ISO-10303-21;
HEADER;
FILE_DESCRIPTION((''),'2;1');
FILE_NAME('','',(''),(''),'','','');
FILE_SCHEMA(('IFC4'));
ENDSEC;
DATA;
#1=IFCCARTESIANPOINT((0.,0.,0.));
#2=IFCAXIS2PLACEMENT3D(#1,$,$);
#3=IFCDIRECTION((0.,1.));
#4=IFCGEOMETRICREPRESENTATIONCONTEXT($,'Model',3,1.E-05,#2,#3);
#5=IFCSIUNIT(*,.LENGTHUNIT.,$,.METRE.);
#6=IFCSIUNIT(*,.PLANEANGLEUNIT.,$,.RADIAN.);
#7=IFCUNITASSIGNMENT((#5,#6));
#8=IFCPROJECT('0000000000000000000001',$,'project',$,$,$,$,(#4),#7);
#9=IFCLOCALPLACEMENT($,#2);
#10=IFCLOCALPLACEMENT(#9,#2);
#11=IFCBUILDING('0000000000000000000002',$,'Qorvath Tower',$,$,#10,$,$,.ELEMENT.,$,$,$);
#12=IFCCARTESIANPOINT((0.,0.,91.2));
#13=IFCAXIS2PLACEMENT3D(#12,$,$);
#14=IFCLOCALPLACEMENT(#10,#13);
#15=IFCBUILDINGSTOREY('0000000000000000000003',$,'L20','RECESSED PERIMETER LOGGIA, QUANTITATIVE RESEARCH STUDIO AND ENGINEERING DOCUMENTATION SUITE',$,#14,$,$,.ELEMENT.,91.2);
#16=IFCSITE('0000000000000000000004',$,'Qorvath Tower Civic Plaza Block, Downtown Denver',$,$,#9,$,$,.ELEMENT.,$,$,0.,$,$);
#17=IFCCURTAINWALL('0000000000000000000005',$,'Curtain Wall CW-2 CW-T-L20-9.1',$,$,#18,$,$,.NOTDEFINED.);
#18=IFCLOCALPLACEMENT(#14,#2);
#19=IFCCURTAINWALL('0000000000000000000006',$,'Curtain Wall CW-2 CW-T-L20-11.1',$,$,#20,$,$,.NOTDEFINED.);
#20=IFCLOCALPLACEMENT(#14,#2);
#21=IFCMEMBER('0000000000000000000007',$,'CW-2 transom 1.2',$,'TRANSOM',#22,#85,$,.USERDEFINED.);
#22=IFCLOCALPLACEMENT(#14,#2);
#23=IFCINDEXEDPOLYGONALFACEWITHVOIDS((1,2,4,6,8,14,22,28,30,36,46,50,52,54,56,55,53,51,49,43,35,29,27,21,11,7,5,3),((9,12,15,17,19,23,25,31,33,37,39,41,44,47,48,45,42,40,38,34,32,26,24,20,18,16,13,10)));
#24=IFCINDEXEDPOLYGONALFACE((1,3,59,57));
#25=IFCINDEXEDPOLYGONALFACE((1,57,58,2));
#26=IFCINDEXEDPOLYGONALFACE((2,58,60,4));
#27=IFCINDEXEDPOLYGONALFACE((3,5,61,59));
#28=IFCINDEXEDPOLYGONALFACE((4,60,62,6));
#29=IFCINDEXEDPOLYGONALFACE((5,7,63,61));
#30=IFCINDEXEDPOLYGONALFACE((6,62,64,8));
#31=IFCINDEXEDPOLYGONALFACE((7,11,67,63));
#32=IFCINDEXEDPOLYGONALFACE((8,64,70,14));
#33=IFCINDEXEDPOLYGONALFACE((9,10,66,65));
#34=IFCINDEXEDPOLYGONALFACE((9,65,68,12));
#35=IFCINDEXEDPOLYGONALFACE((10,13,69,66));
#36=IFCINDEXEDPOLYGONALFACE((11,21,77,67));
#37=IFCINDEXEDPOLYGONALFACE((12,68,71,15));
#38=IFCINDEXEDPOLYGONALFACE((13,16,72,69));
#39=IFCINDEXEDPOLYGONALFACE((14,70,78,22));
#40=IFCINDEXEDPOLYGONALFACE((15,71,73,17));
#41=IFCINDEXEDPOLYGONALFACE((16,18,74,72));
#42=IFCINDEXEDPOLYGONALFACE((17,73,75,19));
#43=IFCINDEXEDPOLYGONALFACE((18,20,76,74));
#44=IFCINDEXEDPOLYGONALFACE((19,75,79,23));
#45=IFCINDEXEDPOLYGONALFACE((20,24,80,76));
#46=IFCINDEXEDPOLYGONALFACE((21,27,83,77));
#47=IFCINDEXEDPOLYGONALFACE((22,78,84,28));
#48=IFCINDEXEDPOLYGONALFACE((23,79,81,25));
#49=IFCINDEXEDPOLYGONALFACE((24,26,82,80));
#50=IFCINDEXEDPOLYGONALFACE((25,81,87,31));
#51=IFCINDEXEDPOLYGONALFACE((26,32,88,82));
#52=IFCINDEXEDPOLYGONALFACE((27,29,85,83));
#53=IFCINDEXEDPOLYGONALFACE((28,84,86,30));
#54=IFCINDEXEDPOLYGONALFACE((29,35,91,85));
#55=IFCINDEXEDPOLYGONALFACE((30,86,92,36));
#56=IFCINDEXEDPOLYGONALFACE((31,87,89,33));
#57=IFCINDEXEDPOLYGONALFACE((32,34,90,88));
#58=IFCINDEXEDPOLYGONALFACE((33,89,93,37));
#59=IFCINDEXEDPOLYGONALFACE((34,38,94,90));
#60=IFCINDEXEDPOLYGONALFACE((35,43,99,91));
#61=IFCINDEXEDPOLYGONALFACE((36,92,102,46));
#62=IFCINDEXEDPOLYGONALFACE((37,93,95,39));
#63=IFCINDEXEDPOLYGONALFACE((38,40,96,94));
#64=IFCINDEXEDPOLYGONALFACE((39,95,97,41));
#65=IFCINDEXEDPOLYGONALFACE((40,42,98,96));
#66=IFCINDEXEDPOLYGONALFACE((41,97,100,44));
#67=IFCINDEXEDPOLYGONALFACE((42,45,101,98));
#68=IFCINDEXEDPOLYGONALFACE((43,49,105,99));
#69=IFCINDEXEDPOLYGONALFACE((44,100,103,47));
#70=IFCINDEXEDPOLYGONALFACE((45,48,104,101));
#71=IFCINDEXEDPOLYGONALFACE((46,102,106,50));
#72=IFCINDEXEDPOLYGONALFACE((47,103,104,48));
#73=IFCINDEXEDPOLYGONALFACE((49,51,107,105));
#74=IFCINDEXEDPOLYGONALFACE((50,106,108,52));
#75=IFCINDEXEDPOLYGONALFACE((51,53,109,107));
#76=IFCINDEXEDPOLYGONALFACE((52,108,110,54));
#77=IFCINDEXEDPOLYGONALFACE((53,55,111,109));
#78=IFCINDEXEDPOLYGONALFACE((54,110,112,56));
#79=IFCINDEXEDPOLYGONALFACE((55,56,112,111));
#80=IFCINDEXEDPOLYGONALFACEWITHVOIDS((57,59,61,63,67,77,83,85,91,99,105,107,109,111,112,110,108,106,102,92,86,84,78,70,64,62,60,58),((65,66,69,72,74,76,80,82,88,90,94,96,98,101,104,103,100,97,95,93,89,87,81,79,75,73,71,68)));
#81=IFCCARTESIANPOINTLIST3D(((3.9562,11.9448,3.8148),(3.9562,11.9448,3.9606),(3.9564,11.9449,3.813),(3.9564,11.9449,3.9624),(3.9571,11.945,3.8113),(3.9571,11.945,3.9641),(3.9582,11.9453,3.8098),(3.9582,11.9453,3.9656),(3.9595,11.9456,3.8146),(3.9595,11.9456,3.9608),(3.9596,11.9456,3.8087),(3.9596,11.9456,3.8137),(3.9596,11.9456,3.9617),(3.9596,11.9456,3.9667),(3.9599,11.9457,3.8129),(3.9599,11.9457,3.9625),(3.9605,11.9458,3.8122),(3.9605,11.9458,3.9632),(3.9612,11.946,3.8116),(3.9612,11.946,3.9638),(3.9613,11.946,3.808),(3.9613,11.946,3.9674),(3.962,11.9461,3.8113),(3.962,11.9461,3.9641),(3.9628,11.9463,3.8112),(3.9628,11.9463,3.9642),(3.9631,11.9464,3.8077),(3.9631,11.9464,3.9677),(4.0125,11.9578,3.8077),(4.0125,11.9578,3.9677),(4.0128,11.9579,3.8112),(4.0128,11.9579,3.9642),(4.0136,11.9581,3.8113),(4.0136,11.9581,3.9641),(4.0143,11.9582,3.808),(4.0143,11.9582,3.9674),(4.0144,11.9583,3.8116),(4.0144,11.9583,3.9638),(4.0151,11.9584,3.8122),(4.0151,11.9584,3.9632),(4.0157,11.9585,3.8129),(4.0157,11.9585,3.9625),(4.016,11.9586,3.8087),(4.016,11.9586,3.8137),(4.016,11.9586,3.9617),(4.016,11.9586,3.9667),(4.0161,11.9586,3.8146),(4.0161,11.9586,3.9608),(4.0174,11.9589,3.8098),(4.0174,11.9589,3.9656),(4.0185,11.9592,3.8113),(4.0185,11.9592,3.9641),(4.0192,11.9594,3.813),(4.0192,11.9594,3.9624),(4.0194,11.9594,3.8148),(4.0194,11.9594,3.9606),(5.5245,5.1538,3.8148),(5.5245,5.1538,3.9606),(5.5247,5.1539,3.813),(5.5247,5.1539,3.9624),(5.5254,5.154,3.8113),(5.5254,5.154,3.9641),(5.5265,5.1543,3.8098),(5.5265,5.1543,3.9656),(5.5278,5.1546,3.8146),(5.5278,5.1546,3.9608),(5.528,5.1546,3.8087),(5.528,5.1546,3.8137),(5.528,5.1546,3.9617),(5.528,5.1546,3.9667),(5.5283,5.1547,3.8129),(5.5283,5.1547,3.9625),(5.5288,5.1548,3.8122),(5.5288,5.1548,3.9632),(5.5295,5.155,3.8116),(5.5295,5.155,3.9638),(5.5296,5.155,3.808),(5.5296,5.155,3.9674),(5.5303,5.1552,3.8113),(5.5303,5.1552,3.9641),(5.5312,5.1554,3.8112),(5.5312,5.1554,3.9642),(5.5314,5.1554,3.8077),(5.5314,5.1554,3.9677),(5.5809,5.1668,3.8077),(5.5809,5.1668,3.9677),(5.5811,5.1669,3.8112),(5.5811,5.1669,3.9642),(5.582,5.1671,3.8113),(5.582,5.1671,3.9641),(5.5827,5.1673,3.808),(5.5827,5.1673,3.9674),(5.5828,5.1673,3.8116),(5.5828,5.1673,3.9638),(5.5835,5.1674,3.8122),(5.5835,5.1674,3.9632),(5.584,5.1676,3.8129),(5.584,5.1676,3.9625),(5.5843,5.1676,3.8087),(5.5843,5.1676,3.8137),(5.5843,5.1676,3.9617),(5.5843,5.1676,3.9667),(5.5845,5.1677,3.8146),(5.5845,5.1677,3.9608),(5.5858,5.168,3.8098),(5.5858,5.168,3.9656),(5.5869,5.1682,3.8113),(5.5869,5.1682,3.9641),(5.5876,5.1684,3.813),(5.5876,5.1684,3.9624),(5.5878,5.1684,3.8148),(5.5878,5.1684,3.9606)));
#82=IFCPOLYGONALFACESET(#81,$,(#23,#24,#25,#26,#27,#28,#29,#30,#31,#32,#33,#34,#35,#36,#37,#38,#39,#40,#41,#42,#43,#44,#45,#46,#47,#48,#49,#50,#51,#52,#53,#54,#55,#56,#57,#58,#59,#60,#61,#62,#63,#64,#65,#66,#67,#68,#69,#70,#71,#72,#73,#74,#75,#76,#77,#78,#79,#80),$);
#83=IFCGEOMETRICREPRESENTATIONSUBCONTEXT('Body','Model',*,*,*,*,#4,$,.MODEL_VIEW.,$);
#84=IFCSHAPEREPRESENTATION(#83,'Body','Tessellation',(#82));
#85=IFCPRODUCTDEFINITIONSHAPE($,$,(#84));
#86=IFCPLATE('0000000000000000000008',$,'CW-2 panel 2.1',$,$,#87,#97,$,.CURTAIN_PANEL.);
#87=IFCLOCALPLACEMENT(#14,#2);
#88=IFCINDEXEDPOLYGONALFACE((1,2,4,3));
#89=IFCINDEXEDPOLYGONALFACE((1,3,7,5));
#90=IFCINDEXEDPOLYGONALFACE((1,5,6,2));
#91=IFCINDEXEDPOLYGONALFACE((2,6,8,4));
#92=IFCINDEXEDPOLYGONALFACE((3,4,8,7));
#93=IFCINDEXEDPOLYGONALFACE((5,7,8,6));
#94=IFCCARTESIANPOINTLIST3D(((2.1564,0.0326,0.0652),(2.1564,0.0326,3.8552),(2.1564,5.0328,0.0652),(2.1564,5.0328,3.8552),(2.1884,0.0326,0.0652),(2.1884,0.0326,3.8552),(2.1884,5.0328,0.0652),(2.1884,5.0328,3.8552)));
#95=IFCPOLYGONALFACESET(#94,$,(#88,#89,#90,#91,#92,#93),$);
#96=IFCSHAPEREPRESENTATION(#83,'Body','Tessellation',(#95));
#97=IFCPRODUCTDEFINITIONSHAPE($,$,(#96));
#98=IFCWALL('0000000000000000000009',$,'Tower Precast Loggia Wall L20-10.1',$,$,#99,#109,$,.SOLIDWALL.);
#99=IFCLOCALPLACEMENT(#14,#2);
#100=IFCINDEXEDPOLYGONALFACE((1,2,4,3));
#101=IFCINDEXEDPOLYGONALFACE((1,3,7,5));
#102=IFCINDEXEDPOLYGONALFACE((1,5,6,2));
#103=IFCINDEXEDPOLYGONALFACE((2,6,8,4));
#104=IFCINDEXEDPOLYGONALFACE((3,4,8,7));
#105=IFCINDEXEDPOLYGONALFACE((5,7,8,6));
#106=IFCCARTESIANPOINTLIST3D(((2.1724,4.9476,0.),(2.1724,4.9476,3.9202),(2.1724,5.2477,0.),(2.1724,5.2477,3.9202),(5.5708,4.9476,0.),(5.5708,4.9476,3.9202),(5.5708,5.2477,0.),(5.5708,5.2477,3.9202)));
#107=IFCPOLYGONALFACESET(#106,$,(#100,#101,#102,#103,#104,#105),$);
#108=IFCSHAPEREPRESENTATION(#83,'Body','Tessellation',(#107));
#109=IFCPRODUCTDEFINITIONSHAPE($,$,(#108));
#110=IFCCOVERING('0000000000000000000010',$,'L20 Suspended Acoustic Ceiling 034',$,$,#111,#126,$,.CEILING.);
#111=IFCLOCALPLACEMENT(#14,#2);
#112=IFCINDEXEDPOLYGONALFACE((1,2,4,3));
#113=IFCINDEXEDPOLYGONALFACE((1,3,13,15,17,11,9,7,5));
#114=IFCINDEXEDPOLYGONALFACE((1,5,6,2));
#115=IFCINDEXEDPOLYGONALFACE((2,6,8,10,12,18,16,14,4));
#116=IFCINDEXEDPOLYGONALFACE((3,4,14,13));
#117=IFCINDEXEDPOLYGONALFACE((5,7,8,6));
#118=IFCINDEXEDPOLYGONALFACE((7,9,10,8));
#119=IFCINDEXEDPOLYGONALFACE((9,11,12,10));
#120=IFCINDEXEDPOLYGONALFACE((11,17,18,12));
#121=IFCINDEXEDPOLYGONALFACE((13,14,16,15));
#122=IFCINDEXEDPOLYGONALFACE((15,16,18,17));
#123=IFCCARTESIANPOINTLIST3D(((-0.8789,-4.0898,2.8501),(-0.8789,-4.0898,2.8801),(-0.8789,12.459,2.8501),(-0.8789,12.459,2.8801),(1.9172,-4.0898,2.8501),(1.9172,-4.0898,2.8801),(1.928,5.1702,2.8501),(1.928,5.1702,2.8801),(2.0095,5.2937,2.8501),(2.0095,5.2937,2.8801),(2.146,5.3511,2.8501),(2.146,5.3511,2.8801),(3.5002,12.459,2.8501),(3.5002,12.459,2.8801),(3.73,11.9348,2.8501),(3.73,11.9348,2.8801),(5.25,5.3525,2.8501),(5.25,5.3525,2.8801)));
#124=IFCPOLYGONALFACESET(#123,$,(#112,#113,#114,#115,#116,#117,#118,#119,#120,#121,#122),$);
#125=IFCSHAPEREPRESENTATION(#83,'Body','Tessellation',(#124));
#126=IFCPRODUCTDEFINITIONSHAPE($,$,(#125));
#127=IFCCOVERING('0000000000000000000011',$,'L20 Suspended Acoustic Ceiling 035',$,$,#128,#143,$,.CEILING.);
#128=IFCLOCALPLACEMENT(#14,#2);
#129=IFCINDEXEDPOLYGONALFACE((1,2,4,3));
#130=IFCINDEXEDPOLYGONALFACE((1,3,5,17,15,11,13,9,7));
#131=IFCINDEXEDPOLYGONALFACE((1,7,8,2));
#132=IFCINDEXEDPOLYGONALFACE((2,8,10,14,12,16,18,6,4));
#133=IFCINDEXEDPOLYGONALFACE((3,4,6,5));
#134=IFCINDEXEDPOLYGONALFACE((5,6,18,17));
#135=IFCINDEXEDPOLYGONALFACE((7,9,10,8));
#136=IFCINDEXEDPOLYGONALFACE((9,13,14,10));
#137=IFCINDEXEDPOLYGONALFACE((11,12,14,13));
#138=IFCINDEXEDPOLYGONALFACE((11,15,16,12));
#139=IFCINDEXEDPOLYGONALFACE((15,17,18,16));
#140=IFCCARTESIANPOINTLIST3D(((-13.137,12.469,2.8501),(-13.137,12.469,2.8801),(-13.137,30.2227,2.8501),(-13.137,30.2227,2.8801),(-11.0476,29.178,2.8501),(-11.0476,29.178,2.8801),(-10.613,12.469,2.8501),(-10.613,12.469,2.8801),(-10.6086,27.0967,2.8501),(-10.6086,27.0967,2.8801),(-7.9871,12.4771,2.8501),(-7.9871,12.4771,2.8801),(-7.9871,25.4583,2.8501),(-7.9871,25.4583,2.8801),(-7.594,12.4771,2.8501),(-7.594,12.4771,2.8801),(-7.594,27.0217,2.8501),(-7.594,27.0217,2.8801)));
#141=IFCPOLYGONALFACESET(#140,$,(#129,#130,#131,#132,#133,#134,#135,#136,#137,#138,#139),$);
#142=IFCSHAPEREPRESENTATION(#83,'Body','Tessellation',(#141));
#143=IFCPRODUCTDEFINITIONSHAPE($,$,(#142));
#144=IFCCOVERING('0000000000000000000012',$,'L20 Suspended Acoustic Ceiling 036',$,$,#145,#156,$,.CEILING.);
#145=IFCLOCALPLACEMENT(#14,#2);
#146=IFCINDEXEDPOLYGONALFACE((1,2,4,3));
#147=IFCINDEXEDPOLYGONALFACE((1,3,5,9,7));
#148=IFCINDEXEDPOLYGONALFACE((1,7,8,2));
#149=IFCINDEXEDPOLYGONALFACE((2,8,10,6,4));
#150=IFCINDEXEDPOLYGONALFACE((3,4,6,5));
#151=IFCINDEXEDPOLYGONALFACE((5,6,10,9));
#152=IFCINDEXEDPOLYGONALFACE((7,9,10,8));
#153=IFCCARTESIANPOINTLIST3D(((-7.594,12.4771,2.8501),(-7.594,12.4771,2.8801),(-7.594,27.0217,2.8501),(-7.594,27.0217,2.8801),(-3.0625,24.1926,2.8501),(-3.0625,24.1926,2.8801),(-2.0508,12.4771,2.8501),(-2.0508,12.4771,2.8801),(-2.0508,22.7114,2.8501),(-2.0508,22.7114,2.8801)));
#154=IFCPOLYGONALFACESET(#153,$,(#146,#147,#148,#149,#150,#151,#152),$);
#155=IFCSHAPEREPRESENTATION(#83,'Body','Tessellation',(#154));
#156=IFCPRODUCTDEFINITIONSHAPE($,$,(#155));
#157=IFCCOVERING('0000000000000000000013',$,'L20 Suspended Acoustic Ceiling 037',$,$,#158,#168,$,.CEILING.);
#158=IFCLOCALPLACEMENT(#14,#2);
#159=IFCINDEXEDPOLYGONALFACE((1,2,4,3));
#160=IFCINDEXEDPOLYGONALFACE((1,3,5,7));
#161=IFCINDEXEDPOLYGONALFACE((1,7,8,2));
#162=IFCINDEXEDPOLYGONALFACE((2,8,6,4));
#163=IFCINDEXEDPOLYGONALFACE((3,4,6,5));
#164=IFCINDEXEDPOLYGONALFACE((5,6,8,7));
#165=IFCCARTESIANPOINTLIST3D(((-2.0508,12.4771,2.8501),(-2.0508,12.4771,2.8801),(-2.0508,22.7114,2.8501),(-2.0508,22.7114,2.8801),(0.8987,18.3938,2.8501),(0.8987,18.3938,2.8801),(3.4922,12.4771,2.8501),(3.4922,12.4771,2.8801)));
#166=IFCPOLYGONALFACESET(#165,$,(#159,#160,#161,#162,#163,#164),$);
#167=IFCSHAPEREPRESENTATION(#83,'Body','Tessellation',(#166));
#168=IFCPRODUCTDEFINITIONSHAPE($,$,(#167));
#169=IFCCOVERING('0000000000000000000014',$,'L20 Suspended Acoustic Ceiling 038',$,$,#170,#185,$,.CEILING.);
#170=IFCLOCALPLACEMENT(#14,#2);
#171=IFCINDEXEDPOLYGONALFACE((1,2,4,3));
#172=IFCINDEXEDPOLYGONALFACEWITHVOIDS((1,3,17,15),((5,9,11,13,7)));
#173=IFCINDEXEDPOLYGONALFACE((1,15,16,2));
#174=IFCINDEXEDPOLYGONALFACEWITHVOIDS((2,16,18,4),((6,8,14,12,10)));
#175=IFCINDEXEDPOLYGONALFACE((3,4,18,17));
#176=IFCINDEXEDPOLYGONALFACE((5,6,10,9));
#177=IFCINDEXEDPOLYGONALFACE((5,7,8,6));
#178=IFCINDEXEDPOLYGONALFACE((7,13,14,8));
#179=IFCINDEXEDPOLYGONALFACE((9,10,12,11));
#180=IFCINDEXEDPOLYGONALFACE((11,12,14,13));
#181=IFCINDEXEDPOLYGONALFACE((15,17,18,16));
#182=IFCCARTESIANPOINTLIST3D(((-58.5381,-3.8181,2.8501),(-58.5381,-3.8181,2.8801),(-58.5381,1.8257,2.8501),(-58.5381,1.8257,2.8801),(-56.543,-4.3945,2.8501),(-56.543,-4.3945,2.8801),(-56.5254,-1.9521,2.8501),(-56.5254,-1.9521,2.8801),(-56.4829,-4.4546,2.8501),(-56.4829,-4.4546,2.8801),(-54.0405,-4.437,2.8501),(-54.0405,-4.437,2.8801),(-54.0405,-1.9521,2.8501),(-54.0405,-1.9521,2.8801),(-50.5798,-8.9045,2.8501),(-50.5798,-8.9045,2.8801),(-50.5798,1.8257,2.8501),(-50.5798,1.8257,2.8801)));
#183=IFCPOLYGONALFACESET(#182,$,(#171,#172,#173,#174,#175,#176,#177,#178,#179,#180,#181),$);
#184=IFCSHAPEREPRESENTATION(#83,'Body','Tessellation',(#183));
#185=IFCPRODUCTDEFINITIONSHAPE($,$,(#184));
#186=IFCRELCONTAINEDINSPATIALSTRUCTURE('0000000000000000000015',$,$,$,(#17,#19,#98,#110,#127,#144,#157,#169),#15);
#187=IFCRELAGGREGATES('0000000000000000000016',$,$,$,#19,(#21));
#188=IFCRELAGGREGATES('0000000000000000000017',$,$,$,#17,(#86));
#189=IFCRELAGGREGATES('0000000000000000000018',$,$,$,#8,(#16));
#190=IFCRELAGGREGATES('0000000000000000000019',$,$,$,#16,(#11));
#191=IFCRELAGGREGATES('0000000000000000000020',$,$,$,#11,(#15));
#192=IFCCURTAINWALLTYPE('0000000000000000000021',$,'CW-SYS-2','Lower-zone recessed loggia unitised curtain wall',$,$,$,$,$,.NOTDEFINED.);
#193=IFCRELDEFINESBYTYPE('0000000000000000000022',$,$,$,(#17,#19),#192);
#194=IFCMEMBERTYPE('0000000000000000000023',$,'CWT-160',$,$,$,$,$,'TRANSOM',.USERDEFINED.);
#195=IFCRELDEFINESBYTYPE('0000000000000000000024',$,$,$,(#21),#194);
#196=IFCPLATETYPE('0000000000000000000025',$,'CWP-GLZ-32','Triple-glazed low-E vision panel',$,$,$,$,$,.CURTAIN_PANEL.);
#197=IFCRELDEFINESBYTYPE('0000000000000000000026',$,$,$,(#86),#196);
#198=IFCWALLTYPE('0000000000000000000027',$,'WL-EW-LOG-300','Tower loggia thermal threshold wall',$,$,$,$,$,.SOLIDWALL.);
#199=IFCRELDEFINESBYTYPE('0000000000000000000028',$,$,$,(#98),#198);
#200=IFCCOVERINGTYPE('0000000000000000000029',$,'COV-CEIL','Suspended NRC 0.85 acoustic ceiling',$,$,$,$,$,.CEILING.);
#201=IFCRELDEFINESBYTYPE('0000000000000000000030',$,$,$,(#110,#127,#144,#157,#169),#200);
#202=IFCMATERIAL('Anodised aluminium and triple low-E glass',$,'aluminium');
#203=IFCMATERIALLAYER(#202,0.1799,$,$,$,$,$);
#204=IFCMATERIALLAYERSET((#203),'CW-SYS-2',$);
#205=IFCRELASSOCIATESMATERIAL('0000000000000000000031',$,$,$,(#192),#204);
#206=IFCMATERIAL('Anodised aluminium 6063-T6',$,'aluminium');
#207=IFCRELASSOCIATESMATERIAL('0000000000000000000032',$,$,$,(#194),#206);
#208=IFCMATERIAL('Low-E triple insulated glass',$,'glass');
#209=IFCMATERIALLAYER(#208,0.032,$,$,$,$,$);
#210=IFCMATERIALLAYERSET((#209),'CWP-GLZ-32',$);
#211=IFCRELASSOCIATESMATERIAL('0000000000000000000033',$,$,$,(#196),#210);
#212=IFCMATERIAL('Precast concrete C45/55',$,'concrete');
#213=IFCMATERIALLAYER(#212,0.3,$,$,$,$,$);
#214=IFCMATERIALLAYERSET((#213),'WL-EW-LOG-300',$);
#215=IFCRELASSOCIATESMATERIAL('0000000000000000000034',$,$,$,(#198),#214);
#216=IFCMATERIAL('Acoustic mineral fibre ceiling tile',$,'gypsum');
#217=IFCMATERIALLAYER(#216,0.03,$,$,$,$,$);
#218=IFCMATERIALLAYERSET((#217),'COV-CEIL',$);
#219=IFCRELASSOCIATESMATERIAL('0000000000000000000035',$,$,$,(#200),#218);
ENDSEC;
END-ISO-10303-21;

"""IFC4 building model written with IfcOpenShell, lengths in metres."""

from ifc_helpers import new_model, si_unit, direction, frame, frame_2d, origin, origin_2d, place, context, subcontext, project, spatial, polyline, rectangle, hollow_rectangle, outline, extrude, material, layer, layer_set, material_profile, profile_set, type_object, element, aggregate, save


model = new_model("IFC4")

# Units and contexts
model_context = context("Model", 3, precision=1e-05, world=origin(), true_north=direction((0.0, 1.0)))
body_context = subcontext(model_context, "Body", "Model", "MODEL_VIEW")
ifc_project = project(units=[si_unit("LENGTHUNIT", "METRE"), si_unit("PLANEANGLEUNIT", "RADIAN")], contexts=[model_context])

# Site, building, storey
site_placement = place(None, origin())
site = spatial("IfcSite", under=ifc_project, at=site_placement, Name="Qorvath Tower Civic Plaza Block, Downtown Denver", CompositionType="ELEMENT", RefElevation=0.0)
building_placement = place(site_placement, origin())
building = spatial("IfcBuilding", under=site, at=building_placement, Name="Qorvath Tower", CompositionType="ELEMENT")
storey_placement = place(building_placement, frame((0.0, 0.0, 91.2)))
storey = spatial("IfcBuildingStorey", under=building, at=storey_placement, Name="L20", Description="RECESSED PERIMETER LOGGIA, QUANTITATIVE RESEARCH STUDIO AND ENGINEERING DOCUMENTATION SUITE", CompositionType="ELEMENT", Elevation=91.2)

# Curtain wall
ifc_material_1 = material(Name="Anodised aluminium and triple low-E glass", Category="aluminium")
ifc_layer_1 = layer(ifc_material_1, 0.1799)
ifc_layer_set_1 = layer_set([ifc_layer_1], Name="CW-SYS-2")
curtain_wall_type = type_object("IfcCurtainWallType", Name="CW-SYS-2", Description="Lower-zone recessed loggia unitised curtain wall", PredefinedType="NOTDEFINED", material=ifc_layer_set_1)
curtain_wall_1_placement = place(storey_placement, origin())
curtain_wall_1 = element("IfcCurtainWall", 1, at=curtain_wall_1_placement, inside=storey, type_object=curtain_wall_type, Name="Curtain Wall CW-2 CW-T-L20-9.1", PredefinedType="NOTDEFINED")

# Curtain wall
curtain_wall_2_placement = place(storey_placement, origin())
curtain_wall_2 = element("IfcCurtainWall", 2, at=curtain_wall_2_placement, inside=storey, type_object=curtain_wall_type, Name="Curtain Wall CW-2 CW-T-L20-11.1", PredefinedType="NOTDEFINED")

# Member
ifc_material_2 = material(Name="Anodised aluminium 6063-T6", Category="aluminium")
ifc_material_profile_1 = material_profile(ifc_material_2, hollow_rectangle(XDim=0.0649, YDim=0.1599, WallThickness=0.0034, InnerFilletRadius=0.0034, OuterFilletRadius=0.0071, at=origin_2d()), Name="CWT 160x65")
ifc_profile_set_1 = profile_set([ifc_material_profile_1], Name="Anodised aluminium 6063-T6")
member_type_1 = type_object("IfcMemberType", Name="CWT-160", ElementType="TRANSOM", PredefinedType="USERDEFINED", material=ifc_profile_set_1)
member_1_placement = place(storey_placement, frame((5.5562, 5.1611, 3.8877), z_axis=(-0.225023, 0.974353, 0.0), x_axis=(-0.974353, -0.225023, 0.0)))
member_1 = element("IfcMember", 3, at=member_1_placement, type_object=member_type_1, Name="CW-2 transom 1.2", ObjectType="TRANSOM", PredefinedType="USERDEFINED", context=body_context, shape_type="SweptSolid", body=[
    extrude(hollow_rectangle(XDim=0.0649, YDim=0.1599, WallThickness=0.0034, InnerFilletRadius=0.0034, OuterFilletRadius=0.0071, at=origin_2d()), origin(), (0.0, 0.0, 1.0), 6.9697),
])
aggregate(curtain_wall_2, [member_1])

# Plate
ifc_material_3 = material(Name="Low-E triple insulated glass", Category="glass")
ifc_layer_2 = layer(ifc_material_3, 0.032)
ifc_layer_set_2 = layer_set([ifc_layer_2], Name="CWP-GLZ-32")
plate_type = type_object("IfcPlateType", Name="CWP-GLZ-32", Description="Triple-glazed low-E vision panel", PredefinedType="CURTAIN_PANEL", material=ifc_layer_set_2)
plate_placement = place(storey_placement, frame((2.1724, 2.5327, 0.0652), z_axis=(0.0, 0.0, 1.0), x_axis=(0.0, 1.0, 0.0)))
plate = element("IfcPlate", 4, at=plate_placement, type_object=plate_type, Name="CW-2 panel 2.1", PredefinedType="CURTAIN_PANEL", context=body_context, shape_type="SweptSolid", body=[
    extrude(rectangle(XDim=5.0002, YDim=0.032, at=origin_2d()), origin(), (0.0, 0.0, 1.0), 3.79),
])
aggregate(curtain_wall_1, [plate])

# Wall
ifc_material_4 = material(Name="Precast concrete C45/55", Category="concrete")
ifc_layer_3 = layer(ifc_material_4, 0.3)
ifc_layer_set_3 = layer_set([ifc_layer_3], Name="WL-EW-LOG-300")
wall_type = type_object("IfcWallType", Name="WL-EW-LOG-300", Description="Tower loggia thermal threshold wall", PredefinedType="SOLIDWALL", material=ifc_layer_set_3)
wall_placement = place(storey_placement, frame((2.1724, 5.0977, 0.0), z_axis=(0.0, 0.0, 1.0), x_axis=(1.0, 0.0, 0.0)))
element("IfcWall", 5, at=wall_placement, inside=storey, type_object=wall_type, Name="Tower Precast Loggia Wall L20-10.1", PredefinedType="SOLIDWALL", context=body_context, shape_type="SweptSolid", body=[
    extrude(rectangle(XDim=3.3984, YDim=0.3, at=frame_2d((1.6992, 0.0))), origin(), (0.0, 0.0, 1.0), 3.9202),
])

# Coverings
ifc_material_5 = material(Name="Acoustic mineral fibre ceiling tile", Category="gypsum")
ifc_layer_4 = layer(ifc_material_5, 0.03)
ifc_layer_set_4 = layer_set([ifc_layer_4], Name="COV-CEIL")
covering_type_1 = type_object("IfcCoveringType", Name="COV-CEIL", Description="Suspended NRC 0.85 acoustic ceiling", PredefinedType="CEILING", material=ifc_layer_set_4)
covering_1_placement = place(storey_placement, frame((0.0, 0.0, 2.8501)))
element("IfcCovering", 6, at=covering_1_placement, inside=storey, type_object=covering_type_1, Name="L20 Suspended Acoustic Ceiling 034", PredefinedType="CEILING", context=body_context, shape_type="SweptSolid", body=[
    extrude(outline(polyline([(2.146, 5.3511), (5.25, 5.3525), (3.73, 11.9348), (3.5002, 12.459), (-0.8789, 12.459), (-0.8789, -4.0898), (1.9172, -4.0898), (1.928, 5.1702), (2.0095, 5.2937), (2.146, 5.3511)])), origin(), (0.0, 0.0, 1.0), 0.03),
])
covering_2_placement = place(storey_placement, frame((0.0, 0.0, 2.8501)))
element("IfcCovering", 7, at=covering_2_placement, inside=storey, type_object=covering_type_1, Name="L20 Suspended Acoustic Ceiling 035", PredefinedType="CEILING", context=body_context, shape_type="SweptSolid", body=[
    extrude(outline(polyline([(-7.9871, 12.4771), (-7.594, 12.4771), (-7.594, 27.0217), (-11.0476, 29.178), (-13.137, 30.2227), (-13.137, 12.469), (-10.613, 12.469), (-10.6086, 27.0967), (-7.9871, 25.4583), (-7.9871, 12.4771)])), origin(), (0.0, 0.0, 1.0), 0.03),
])
covering_3_placement = place(storey_placement, frame((0.0, 0.0, 2.8501)))
element("IfcCovering", 8, at=covering_3_placement, inside=storey, type_object=covering_type_1, Name="L20 Suspended Acoustic Ceiling 036", PredefinedType="CEILING", context=body_context, shape_type="SweptSolid", body=[
    extrude(outline(polyline([(-7.594, 27.0217), (-7.594, 12.4771), (-2.0508, 12.4771), (-2.0508, 22.7114), (-3.0625, 24.1926), (-7.594, 27.0217)])), origin(), (0.0, 0.0, 1.0), 0.03),
])
covering_4_placement = place(storey_placement, frame((0.0, 0.0, 2.8501)))
element("IfcCovering", 9, at=covering_4_placement, inside=storey, type_object=covering_type_1, Name="L20 Suspended Acoustic Ceiling 037", PredefinedType="CEILING", context=body_context, shape_type="SweptSolid", body=[
    extrude(outline(polyline([(-2.0508, 22.7114), (-2.0508, 12.4771), (3.4922, 12.4771), (0.8987, 18.3938), (-2.0508, 22.7114)])), origin(), (0.0, 0.0, 1.0), 0.03),
])
covering_5_placement = place(storey_placement, frame((0.0, 0.0, 2.8501)))
element("IfcCovering", 10, at=covering_5_placement, inside=storey, type_object=covering_type_1, Name="L20 Suspended Acoustic Ceiling 038", PredefinedType="CEILING", context=body_context, shape_type="SweptSolid", body=[
    extrude(outline(polyline([(-58.5381, 1.8257), (-58.5381, -3.8181), (-50.5798, -8.9045), (-50.5798, 1.8257), (-58.5381, 1.8257)]), holes=[polyline([(-56.543, -4.3945), (-56.5254, -1.9521), (-54.0405, -1.9521), (-54.0405, -4.437), (-56.4829, -4.4546), (-56.543, -4.3945)])]), origin(), (0.0, 0.0, 1.0), 0.03),
])

save(model, "model.ifc")
